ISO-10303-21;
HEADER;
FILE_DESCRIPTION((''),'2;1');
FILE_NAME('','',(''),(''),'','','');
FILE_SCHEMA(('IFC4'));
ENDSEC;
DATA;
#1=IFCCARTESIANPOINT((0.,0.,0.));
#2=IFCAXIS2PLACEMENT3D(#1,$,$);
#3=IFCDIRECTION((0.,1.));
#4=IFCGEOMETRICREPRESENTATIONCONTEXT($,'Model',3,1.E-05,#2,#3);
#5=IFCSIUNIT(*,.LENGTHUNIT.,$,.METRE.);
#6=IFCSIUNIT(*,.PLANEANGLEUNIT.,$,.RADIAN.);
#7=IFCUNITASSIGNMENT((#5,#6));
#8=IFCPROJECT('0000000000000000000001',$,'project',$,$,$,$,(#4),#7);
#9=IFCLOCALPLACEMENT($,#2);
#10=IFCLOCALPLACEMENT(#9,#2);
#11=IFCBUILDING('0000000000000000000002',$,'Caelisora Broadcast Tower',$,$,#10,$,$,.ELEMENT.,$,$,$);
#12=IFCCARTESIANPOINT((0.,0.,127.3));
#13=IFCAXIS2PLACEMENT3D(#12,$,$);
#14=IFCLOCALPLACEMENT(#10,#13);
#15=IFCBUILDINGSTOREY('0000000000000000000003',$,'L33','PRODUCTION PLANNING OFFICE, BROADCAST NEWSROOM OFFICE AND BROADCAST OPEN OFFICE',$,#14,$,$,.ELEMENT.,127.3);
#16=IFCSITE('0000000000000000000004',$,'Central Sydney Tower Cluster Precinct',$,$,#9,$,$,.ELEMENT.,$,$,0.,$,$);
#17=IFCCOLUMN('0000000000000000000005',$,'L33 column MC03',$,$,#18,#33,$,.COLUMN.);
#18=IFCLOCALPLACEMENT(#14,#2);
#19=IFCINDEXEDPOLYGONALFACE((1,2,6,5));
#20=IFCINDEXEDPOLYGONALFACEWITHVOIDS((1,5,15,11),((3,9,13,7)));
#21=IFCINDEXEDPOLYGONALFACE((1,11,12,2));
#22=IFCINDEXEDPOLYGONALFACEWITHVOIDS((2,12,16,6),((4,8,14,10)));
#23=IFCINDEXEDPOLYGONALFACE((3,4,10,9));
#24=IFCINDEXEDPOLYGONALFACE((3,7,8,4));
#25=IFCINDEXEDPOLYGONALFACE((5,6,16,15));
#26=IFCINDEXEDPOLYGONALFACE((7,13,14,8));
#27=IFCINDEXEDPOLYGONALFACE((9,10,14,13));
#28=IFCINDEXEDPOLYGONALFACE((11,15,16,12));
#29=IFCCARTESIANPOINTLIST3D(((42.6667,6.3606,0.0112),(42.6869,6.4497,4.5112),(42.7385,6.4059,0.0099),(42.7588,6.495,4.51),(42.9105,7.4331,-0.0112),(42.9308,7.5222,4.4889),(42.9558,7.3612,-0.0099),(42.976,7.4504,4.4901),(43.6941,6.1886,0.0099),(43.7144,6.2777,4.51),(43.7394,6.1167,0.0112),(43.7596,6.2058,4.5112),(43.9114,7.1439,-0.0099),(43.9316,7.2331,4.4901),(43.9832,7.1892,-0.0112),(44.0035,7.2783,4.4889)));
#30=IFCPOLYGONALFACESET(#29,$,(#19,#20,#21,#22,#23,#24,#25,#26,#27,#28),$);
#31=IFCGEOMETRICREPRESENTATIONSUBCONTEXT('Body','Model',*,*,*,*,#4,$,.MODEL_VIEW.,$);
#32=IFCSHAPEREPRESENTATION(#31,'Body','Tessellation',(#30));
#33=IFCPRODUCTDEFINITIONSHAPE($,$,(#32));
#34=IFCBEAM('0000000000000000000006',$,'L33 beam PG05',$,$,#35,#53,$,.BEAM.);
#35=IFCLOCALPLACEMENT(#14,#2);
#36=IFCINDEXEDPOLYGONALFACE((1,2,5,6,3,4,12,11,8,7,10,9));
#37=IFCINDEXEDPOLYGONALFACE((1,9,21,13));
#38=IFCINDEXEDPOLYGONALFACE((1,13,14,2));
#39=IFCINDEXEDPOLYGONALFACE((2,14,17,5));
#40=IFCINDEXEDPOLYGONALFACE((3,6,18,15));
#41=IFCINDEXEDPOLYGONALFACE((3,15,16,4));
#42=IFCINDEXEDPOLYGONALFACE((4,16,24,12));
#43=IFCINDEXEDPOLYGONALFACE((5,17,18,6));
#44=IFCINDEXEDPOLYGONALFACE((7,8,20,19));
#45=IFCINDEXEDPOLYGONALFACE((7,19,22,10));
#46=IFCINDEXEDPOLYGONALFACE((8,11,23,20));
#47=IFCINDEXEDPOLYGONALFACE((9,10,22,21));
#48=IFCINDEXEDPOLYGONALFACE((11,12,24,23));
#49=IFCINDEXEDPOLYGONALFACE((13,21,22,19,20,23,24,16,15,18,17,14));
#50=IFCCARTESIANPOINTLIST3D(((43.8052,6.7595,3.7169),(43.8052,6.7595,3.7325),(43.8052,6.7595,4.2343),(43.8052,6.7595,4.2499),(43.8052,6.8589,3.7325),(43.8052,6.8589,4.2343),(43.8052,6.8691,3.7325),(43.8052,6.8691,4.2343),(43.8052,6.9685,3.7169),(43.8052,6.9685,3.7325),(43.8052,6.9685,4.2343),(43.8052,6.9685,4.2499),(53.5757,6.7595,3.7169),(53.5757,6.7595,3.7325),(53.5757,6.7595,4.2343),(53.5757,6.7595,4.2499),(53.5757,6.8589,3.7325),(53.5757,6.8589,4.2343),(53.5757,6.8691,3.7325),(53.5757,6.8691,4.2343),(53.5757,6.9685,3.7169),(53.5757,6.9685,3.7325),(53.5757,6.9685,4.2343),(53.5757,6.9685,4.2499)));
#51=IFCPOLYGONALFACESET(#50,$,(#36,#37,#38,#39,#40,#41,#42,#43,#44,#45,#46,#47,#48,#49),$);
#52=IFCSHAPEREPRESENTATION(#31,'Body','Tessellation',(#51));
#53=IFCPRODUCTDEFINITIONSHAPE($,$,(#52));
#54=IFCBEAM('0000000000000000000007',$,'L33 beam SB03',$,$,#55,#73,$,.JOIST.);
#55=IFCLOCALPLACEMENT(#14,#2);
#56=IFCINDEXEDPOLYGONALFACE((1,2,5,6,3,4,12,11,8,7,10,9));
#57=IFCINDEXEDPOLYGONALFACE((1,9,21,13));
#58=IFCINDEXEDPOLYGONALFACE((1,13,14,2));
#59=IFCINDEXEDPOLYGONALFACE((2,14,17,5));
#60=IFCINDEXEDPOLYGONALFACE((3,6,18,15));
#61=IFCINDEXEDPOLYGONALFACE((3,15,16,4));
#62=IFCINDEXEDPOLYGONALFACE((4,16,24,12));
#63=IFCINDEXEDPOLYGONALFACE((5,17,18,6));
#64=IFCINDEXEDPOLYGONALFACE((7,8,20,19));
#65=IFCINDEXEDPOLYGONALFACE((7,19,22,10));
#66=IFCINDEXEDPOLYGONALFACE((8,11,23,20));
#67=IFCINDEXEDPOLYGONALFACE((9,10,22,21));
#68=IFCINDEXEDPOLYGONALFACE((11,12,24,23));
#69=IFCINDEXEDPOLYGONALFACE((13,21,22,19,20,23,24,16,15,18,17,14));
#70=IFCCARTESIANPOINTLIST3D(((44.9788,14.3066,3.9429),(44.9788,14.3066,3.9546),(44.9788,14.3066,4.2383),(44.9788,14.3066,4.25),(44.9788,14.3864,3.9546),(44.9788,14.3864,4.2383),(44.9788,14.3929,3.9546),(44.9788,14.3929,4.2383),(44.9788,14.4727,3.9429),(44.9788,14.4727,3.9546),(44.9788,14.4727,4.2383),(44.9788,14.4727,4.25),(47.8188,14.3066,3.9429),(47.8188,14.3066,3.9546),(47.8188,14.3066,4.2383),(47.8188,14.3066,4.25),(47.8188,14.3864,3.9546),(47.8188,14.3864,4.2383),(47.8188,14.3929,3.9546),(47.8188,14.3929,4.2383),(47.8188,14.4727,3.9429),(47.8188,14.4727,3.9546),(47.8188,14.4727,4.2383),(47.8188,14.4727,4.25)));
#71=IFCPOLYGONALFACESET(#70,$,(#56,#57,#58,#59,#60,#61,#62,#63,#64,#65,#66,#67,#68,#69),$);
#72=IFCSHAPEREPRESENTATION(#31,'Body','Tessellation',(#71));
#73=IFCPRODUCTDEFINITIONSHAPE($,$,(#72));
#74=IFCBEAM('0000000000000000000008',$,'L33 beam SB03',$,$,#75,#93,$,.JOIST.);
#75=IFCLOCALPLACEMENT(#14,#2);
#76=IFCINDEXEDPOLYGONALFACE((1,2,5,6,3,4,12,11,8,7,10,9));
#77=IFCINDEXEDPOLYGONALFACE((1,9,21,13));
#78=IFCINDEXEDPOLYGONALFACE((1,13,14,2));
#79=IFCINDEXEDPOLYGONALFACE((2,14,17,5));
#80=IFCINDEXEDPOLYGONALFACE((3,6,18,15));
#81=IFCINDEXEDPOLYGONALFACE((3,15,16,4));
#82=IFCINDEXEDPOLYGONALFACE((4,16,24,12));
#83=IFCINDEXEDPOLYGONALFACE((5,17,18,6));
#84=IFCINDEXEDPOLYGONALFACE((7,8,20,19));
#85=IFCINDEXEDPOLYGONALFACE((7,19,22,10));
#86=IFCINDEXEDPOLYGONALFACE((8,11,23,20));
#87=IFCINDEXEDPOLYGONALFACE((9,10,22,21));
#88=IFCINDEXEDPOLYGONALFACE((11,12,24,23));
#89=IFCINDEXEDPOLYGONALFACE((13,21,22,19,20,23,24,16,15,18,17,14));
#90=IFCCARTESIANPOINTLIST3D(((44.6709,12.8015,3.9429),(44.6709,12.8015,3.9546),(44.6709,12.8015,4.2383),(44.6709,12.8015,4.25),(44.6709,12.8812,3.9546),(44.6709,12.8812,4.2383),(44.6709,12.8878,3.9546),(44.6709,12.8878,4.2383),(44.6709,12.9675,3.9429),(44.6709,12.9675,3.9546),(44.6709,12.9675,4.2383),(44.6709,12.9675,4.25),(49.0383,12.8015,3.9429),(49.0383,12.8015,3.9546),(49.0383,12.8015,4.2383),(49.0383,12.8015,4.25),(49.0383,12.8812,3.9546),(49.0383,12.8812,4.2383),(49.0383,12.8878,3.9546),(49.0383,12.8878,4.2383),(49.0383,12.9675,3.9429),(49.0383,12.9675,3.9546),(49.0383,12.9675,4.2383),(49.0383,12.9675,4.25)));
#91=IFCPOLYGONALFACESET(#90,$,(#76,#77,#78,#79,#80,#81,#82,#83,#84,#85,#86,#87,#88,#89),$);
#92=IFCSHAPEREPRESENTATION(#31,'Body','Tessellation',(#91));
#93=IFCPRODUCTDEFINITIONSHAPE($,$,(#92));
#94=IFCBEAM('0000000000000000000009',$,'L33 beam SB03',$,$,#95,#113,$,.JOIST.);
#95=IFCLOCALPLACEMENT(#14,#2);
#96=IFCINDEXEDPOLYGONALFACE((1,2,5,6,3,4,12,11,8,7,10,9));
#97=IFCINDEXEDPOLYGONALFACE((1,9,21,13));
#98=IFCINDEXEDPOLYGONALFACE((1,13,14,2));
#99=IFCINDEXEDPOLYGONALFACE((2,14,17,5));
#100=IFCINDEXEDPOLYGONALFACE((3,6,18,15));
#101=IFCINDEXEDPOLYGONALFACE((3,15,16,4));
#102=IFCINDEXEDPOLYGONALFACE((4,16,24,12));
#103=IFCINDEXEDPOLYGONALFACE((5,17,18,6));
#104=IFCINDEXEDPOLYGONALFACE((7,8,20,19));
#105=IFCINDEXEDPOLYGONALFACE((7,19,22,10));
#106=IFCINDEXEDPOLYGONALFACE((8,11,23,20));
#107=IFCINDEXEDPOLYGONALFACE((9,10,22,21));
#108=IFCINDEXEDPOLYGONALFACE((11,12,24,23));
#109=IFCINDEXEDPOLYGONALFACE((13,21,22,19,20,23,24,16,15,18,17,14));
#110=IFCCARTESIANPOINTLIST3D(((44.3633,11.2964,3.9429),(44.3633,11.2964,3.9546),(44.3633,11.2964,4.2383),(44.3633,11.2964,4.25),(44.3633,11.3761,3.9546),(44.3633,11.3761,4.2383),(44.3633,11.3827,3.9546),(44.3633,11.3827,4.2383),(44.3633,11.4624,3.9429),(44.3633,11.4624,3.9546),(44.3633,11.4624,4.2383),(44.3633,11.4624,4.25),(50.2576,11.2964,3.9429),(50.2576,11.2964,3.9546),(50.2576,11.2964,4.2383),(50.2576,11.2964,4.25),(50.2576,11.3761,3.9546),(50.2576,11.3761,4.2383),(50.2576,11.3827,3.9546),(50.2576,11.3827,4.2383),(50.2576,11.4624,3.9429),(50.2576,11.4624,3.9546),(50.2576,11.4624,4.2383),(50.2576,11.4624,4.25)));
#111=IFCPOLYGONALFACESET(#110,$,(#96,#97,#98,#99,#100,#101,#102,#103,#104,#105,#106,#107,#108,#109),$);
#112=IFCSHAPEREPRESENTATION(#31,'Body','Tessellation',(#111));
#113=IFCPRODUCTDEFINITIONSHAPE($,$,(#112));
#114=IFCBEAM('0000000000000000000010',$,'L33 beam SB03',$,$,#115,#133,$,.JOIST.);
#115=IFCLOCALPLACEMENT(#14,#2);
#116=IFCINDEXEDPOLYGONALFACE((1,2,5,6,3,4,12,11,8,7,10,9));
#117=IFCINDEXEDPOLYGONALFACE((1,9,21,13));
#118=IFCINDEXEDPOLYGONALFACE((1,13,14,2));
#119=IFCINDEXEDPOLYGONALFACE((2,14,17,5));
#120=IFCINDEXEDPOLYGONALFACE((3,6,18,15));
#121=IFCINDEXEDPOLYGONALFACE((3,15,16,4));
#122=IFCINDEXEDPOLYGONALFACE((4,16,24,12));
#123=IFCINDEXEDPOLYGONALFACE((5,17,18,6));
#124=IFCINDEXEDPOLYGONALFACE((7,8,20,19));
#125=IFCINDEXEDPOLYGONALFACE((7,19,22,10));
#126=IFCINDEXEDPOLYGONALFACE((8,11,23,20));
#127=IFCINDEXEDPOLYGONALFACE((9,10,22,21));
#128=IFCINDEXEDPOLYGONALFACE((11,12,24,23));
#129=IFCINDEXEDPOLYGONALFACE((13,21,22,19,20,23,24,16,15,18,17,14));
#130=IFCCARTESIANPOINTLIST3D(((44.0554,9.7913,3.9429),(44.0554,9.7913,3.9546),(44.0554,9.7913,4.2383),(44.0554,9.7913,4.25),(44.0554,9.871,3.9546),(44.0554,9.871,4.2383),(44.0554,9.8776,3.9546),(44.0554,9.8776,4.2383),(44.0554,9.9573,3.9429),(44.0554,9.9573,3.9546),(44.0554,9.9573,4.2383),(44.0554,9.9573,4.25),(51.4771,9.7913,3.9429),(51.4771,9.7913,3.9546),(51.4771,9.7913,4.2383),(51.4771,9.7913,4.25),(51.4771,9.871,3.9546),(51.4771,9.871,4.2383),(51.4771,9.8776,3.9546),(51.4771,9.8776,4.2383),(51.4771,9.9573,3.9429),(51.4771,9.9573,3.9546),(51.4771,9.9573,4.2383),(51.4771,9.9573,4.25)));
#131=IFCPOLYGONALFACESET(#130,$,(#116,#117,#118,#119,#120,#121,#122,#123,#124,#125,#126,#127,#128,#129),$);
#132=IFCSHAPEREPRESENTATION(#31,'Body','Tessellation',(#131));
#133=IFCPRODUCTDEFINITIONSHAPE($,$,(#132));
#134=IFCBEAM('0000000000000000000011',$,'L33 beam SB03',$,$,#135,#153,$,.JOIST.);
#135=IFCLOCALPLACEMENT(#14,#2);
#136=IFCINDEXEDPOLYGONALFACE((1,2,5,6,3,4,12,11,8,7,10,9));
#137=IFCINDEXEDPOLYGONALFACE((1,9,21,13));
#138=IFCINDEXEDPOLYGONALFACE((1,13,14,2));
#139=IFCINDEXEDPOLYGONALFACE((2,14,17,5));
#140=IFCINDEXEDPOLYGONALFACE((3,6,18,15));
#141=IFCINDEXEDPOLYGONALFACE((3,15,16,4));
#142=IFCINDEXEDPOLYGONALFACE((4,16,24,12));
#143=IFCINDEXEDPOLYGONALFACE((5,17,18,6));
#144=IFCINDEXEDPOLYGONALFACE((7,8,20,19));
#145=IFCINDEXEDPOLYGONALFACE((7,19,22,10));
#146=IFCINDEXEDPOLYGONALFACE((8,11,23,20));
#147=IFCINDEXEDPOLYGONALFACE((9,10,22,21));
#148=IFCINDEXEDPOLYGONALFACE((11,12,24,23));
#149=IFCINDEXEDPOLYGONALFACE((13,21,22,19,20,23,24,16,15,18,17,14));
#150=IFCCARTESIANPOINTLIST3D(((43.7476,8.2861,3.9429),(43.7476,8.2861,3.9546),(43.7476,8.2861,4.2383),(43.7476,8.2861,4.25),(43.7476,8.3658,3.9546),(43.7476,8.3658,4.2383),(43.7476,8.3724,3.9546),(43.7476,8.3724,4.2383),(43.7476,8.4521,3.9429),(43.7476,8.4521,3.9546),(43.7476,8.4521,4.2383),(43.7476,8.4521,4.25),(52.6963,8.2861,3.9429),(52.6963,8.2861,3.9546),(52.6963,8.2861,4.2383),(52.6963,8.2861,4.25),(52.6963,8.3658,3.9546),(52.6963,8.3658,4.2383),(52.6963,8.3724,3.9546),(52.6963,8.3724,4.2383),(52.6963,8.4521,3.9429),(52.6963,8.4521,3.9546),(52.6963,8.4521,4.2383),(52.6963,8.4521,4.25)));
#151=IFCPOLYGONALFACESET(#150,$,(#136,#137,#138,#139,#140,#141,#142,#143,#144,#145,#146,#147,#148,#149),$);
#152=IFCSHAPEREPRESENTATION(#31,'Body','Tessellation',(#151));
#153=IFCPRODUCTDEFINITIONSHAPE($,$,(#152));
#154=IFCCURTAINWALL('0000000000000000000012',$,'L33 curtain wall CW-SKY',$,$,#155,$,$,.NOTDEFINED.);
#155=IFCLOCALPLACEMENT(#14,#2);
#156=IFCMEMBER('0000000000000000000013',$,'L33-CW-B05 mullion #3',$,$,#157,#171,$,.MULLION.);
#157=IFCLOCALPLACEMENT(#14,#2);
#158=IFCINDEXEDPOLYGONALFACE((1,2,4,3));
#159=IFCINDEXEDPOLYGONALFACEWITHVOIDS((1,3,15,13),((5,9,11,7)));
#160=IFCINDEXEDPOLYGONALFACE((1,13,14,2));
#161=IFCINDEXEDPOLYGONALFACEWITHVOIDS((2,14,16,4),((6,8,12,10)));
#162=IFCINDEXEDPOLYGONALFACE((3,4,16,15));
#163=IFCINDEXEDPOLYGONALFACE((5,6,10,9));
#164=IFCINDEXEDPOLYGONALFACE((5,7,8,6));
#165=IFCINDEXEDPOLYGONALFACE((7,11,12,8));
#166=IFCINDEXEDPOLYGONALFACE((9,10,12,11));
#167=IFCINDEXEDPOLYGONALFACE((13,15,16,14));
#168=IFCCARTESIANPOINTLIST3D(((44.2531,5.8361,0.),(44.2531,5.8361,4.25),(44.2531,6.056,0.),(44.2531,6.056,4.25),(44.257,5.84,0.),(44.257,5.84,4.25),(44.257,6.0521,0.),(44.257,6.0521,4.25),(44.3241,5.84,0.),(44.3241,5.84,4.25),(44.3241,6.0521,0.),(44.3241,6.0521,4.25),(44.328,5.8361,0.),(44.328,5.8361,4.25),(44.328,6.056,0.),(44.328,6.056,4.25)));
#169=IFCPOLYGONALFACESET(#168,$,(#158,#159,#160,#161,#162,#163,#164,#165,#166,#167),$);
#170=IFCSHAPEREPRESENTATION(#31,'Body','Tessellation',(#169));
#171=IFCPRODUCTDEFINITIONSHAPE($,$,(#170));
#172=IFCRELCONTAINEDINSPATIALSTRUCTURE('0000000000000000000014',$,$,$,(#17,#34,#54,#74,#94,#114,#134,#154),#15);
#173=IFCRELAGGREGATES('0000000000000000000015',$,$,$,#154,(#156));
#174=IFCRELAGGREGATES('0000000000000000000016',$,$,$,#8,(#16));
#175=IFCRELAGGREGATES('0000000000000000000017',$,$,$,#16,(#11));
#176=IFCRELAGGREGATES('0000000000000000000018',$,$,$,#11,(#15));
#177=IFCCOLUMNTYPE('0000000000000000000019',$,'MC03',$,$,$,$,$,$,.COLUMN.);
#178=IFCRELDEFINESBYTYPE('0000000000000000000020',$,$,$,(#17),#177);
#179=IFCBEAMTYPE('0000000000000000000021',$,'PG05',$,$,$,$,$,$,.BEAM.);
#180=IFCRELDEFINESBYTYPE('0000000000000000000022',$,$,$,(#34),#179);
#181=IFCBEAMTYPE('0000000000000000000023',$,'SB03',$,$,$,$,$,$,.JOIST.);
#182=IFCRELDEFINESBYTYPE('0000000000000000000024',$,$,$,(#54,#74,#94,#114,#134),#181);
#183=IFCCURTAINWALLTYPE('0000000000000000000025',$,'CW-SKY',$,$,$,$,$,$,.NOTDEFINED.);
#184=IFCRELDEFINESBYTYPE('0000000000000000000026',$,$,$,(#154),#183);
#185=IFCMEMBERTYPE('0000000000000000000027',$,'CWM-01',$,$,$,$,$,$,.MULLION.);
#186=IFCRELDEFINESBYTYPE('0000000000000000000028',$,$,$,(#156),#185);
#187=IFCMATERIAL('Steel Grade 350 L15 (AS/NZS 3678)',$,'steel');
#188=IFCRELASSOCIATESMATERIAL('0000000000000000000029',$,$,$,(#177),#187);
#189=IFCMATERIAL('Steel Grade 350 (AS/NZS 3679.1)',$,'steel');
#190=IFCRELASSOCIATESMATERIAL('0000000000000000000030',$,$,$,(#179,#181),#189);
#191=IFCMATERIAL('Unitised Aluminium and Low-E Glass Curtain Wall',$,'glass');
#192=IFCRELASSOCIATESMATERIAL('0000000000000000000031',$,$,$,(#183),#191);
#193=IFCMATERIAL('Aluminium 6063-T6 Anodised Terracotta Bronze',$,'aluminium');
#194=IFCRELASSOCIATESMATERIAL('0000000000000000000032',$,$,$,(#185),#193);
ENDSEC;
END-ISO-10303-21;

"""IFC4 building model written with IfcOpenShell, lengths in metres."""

from ifc_helpers import new_model, si_unit, direction, frame, origin, origin_2d, place, context, subcontext, project, spatial, hollow_rectangle, i_section, extrude, source, transform, mapped, material, material_profile, profile_set, type_object, type_shapes, element, aggregate, save


model = new_model("IFC4")

# Units and contexts
model_context = context("Model", 3, precision=1e-05, world=origin(), true_north=direction((0.0, 1.0)))
body_context = subcontext(model_context, "Body", "Model", "MODEL_VIEW")
ifc_project = project(units=[si_unit("LENGTHUNIT", "METRE"), si_unit("PLANEANGLEUNIT", "RADIAN")], contexts=[model_context])

# Site, building, storey
site_placement = place(None, origin())
site = spatial("IfcSite", under=ifc_project, at=site_placement, Name="Central Sydney Tower Cluster Precinct", CompositionType="ELEMENT", RefElevation=0.0)
building_placement = place(site_placement, origin())
building = spatial("IfcBuilding", under=site, at=building_placement, Name="Caelisora Broadcast Tower", CompositionType="ELEMENT")
storey_placement = place(building_placement, frame((0.0, 0.0, 127.3)))
storey = spatial("IfcBuildingStorey", under=building, at=storey_placement, Name="L33", Description="PRODUCTION PLANNING OFFICE, BROADCAST NEWSROOM OFFICE AND BROADCAST OPEN OFFICE", CompositionType="ELEMENT", Elevation=127.3)

# Column
ifc_material_1 = material(Name="Steel Grade 350 L15 (AS/NZS 3678)", Category="steel")
ifc_material_profile_1 = material_profile(ifc_material_1, hollow_rectangle(XDim=1.1001, YDim=1.1001, WallThickness=0.0601, at=origin_2d()), Name="Steel Grade 350 L15 (AS/NZS 3678)")
ifc_profile_set_1 = profile_set([ifc_material_profile_1], Name="Steel Grade 350 L15 (AS/NZS 3678)")
column_type = type_object("IfcColumnType", Name="MC03", PredefinedType="COLUMN", material=ifc_profile_set_1)
shared_shape_1 = source(origin(), body_context, "Body", "SweptSolid", [
    extrude(hollow_rectangle(XDim=1.1001, YDim=1.1001, WallThickness=0.0601, at=origin_2d()), origin(), (0.0, 0.0, 1.0), 4.501),
])
type_shapes(column_type, [shared_shape_1])
column_placement = place(storey_placement, frame((43.325, 6.7749, 0.0), z_axis=(0.004502, 0.019798, 0.999794), x_axis=(-0.975107, 0.221737, 0.0)))
element("IfcColumn", 1, at=column_placement, inside=storey, type_object=column_type, Name="L33 column MC03", PredefinedType="COLUMN", context=body_context, shape_type="MappedRepresentation", body=[
    mapped(shared_shape_1, transform((0.0, 0.0, 0.0), scale=1.0)),
])

# Beams
ifc_material_2 = material(Name="Steel Grade 350 (AS/NZS 3679.1)", Category="steel")
ifc_material_profile_2 = material_profile(ifc_material_2, i_section(OverallWidth=0.209, OverallDepth=0.533, WebThickness=0.0103, FlangeThickness=0.0156, at=origin_2d()), Name="Steel Grade 350 (AS/NZS 3679.1)")
ifc_profile_set_2 = profile_set([ifc_material_profile_2], Name="Steel Grade 350 (AS/NZS 3679.1)")
beam_type_1 = type_object("IfcBeamType", Name="PG05", PredefinedType="BEAM", material=ifc_profile_set_2)
shared_shape_2 = source(origin(), body_context, "Body", "SweptSolid", [
    extrude(i_section(OverallWidth=0.209, OverallDepth=0.533, WebThickness=0.0103, FlangeThickness=0.0156, at=origin_2d()), origin(), (0.0, 0.0, 1.0), 9.7705),
])
type_shapes(beam_type_1, [shared_shape_2])
beam_1_placement = place(storey_placement, frame((43.8052, 6.864, 3.9834), z_axis=(1.0, 0.0, 0.0), x_axis=(0.0, 1.0, 0.0)))
element("IfcBeam", 2, at=beam_1_placement, inside=storey, type_object=beam_type_1, Name="L33 beam PG05", PredefinedType="BEAM", context=body_context, shape_type="MappedRepresentation", body=[
    mapped(shared_shape_2, transform((0.0, 0.0, 0.0), scale=1.0)),
])
ifc_material_profile_3 = material_profile(ifc_material_2, i_section(OverallWidth=0.166, OverallDepth=0.3071, WebThickness=0.0066, FlangeThickness=0.0117, at=origin_2d()), Name="Steel Grade 350 (AS/NZS 3679.1)")
ifc_profile_set_3 = profile_set([ifc_material_profile_3], Name="Steel Grade 350 (AS/NZS 3679.1)")
beam_type_2 = type_object("IfcBeamType", Name="SB03", PredefinedType="JOIST", material=ifc_profile_set_3)
shared_shape_3 = source(origin(), body_context, "Body", "SweptSolid", [
    extrude(i_section(OverallWidth=0.166, OverallDepth=0.3071, WebThickness=0.0066, FlangeThickness=0.0117, at=origin_2d()), origin(), (0.0, 0.0, 1.0), 2.8401),
])
beam_2_placement = place(storey_placement, frame((44.9788, 14.3896, 4.0964), z_axis=(1.0, 0.0, 0.0), x_axis=(0.0, 1.0, 0.0)))
element("IfcBeam", 3, at=beam_2_placement, inside=storey, type_object=beam_type_2, Name="L33 beam SB03", PredefinedType="JOIST", context=body_context, shape_type="MappedRepresentation", body=[
    mapped(shared_shape_3, transform((0.0, 0.0, 0.0), scale=1.0)),
])
shared_shape_4 = source(origin(), body_context, "Body", "SweptSolid", [
    extrude(i_section(OverallWidth=0.166, OverallDepth=0.3071, WebThickness=0.0066, FlangeThickness=0.0117, at=origin_2d()), origin(), (0.0, 0.0, 1.0), 4.3674),
])
beam_3_placement = place(storey_placement, frame((44.6709, 12.8845, 4.0964), z_axis=(1.0, 0.0, 0.0), x_axis=(0.0, 1.0, 0.0)))
element("IfcBeam", 4, at=beam_3_placement, inside=storey, type_object=beam_type_2, Name="L33 beam SB03", PredefinedType="JOIST", context=body_context, shape_type="MappedRepresentation", body=[
    mapped(shared_shape_4, transform((0.0, 0.0, 0.0), scale=1.0)),
])
shared_shape_5 = source(origin(), body_context, "Body", "SweptSolid", [
    extrude(i_section(OverallWidth=0.166, OverallDepth=0.3071, WebThickness=0.0066, FlangeThickness=0.0117, at=origin_2d()), origin(), (0.0, 0.0, 1.0), 5.8943),
])
beam_4_placement = place(storey_placement, frame((44.3633, 11.3794, 4.0964), z_axis=(1.0, 0.0, 0.0), x_axis=(0.0, 1.0, 0.0)))
element("IfcBeam", 5, at=beam_4_placement, inside=storey, type_object=beam_type_2, Name="L33 beam SB03", PredefinedType="JOIST", context=body_context, shape_type="MappedRepresentation", body=[
    mapped(shared_shape_5, transform((0.0, 0.0, 0.0), scale=1.0)),
])
shared_shape_6 = source(origin(), body_context, "Body", "SweptSolid", [
    extrude(i_section(OverallWidth=0.166, OverallDepth=0.3071, WebThickness=0.0066, FlangeThickness=0.0117, at=origin_2d()), origin(), (0.0, 0.0, 1.0), 7.4216),
])
beam_5_placement = place(storey_placement, frame((44.0554, 9.8743, 4.0964), z_axis=(1.0, 0.0, 0.0), x_axis=(0.0, 1.0, 0.0)))
element("IfcBeam", 6, at=beam_5_placement, inside=storey, type_object=beam_type_2, Name="L33 beam SB03", PredefinedType="JOIST", context=body_context, shape_type="MappedRepresentation", body=[
    mapped(shared_shape_6, transform((0.0, 0.0, 0.0), scale=1.0)),
])
shared_shape_7 = source(origin(), body_context, "Body", "SweptSolid", [
    extrude(i_section(OverallWidth=0.166, OverallDepth=0.3071, WebThickness=0.0066, FlangeThickness=0.0117, at=origin_2d()), origin(), (0.0, 0.0, 1.0), 8.9487),
])
type_shapes(beam_type_2, [shared_shape_3, shared_shape_4, shared_shape_5, shared_shape_6, shared_shape_7])
beam_6_placement = place(storey_placement, frame((43.7476, 8.3691, 4.0964), z_axis=(1.0, 0.0, 0.0), x_axis=(0.0, 1.0, 0.0)))
element("IfcBeam", 7, at=beam_6_placement, inside=storey, type_object=beam_type_2, Name="L33 beam SB03", PredefinedType="JOIST", context=body_context, shape_type="MappedRepresentation", body=[
    mapped(shared_shape_7, transform((0.0, 0.0, 0.0), scale=1.0)),
])

# Curtain wall, member
ifc_material_3 = material(Name="Unitised Aluminium and Low-E Glass Curtain Wall", Category="glass")
curtain_wall_type_1 = type_object("IfcCurtainWallType", Name="CW-SKY", PredefinedType="NOTDEFINED", material=ifc_material_3)
curtain_wall_1_placement = place(storey_placement, origin())
curtain_wall_1 = element("IfcCurtainWall", 8, at=curtain_wall_1_placement, inside=storey, type_object=curtain_wall_type_1, Name="L33 curtain wall CW-SKY", PredefinedType="NOTDEFINED")
ifc_material_4 = material(Name="Aluminium 6063-T6 Anodised Terracotta Bronze", Category="aluminium")
ifc_material_profile_4 = material_profile(ifc_material_4, hollow_rectangle(XDim=0.075, YDim=0.22, WallThickness=0.0039, at=origin_2d()), Name="Aluminium 6063-T6 Anodised Terracotta Bronze")
ifc_profile_set_4 = profile_set([ifc_material_profile_4], Name="Aluminium 6063-T6 Anodised Terracotta Bronze")
member_type_1 = type_object("IfcMemberType", Name="CWM-01", PredefinedType="MULLION", material=ifc_profile_set_4)
shared_shape_8 = source(origin(), body_context, "Body", "SweptSolid", [
    extrude(hollow_rectangle(XDim=0.075, YDim=0.22, WallThickness=0.0039, at=origin_2d()), origin(), (0.0, 0.0, 1.0), 4.25),
])
type_shapes(member_type_1, [shared_shape_8])
member_1_placement = place(storey_placement, frame((44.2905, 5.946, 0.0), z_axis=(0.0, 0.0, 1.0), x_axis=(1.0, 0.0, 0.0)))
member_1 = element("IfcMember", 9, at=member_1_placement, type_object=member_type_1, Name="L33-CW-B05 mullion #3", PredefinedType="MULLION", context=body_context, shape_type="MappedRepresentation", body=[
    mapped(shared_shape_8, transform((0.0, 0.0, 0.0), scale=1.0)),
])
aggregate(curtain_wall_1, [member_1])

save(model, "model.ifc")
